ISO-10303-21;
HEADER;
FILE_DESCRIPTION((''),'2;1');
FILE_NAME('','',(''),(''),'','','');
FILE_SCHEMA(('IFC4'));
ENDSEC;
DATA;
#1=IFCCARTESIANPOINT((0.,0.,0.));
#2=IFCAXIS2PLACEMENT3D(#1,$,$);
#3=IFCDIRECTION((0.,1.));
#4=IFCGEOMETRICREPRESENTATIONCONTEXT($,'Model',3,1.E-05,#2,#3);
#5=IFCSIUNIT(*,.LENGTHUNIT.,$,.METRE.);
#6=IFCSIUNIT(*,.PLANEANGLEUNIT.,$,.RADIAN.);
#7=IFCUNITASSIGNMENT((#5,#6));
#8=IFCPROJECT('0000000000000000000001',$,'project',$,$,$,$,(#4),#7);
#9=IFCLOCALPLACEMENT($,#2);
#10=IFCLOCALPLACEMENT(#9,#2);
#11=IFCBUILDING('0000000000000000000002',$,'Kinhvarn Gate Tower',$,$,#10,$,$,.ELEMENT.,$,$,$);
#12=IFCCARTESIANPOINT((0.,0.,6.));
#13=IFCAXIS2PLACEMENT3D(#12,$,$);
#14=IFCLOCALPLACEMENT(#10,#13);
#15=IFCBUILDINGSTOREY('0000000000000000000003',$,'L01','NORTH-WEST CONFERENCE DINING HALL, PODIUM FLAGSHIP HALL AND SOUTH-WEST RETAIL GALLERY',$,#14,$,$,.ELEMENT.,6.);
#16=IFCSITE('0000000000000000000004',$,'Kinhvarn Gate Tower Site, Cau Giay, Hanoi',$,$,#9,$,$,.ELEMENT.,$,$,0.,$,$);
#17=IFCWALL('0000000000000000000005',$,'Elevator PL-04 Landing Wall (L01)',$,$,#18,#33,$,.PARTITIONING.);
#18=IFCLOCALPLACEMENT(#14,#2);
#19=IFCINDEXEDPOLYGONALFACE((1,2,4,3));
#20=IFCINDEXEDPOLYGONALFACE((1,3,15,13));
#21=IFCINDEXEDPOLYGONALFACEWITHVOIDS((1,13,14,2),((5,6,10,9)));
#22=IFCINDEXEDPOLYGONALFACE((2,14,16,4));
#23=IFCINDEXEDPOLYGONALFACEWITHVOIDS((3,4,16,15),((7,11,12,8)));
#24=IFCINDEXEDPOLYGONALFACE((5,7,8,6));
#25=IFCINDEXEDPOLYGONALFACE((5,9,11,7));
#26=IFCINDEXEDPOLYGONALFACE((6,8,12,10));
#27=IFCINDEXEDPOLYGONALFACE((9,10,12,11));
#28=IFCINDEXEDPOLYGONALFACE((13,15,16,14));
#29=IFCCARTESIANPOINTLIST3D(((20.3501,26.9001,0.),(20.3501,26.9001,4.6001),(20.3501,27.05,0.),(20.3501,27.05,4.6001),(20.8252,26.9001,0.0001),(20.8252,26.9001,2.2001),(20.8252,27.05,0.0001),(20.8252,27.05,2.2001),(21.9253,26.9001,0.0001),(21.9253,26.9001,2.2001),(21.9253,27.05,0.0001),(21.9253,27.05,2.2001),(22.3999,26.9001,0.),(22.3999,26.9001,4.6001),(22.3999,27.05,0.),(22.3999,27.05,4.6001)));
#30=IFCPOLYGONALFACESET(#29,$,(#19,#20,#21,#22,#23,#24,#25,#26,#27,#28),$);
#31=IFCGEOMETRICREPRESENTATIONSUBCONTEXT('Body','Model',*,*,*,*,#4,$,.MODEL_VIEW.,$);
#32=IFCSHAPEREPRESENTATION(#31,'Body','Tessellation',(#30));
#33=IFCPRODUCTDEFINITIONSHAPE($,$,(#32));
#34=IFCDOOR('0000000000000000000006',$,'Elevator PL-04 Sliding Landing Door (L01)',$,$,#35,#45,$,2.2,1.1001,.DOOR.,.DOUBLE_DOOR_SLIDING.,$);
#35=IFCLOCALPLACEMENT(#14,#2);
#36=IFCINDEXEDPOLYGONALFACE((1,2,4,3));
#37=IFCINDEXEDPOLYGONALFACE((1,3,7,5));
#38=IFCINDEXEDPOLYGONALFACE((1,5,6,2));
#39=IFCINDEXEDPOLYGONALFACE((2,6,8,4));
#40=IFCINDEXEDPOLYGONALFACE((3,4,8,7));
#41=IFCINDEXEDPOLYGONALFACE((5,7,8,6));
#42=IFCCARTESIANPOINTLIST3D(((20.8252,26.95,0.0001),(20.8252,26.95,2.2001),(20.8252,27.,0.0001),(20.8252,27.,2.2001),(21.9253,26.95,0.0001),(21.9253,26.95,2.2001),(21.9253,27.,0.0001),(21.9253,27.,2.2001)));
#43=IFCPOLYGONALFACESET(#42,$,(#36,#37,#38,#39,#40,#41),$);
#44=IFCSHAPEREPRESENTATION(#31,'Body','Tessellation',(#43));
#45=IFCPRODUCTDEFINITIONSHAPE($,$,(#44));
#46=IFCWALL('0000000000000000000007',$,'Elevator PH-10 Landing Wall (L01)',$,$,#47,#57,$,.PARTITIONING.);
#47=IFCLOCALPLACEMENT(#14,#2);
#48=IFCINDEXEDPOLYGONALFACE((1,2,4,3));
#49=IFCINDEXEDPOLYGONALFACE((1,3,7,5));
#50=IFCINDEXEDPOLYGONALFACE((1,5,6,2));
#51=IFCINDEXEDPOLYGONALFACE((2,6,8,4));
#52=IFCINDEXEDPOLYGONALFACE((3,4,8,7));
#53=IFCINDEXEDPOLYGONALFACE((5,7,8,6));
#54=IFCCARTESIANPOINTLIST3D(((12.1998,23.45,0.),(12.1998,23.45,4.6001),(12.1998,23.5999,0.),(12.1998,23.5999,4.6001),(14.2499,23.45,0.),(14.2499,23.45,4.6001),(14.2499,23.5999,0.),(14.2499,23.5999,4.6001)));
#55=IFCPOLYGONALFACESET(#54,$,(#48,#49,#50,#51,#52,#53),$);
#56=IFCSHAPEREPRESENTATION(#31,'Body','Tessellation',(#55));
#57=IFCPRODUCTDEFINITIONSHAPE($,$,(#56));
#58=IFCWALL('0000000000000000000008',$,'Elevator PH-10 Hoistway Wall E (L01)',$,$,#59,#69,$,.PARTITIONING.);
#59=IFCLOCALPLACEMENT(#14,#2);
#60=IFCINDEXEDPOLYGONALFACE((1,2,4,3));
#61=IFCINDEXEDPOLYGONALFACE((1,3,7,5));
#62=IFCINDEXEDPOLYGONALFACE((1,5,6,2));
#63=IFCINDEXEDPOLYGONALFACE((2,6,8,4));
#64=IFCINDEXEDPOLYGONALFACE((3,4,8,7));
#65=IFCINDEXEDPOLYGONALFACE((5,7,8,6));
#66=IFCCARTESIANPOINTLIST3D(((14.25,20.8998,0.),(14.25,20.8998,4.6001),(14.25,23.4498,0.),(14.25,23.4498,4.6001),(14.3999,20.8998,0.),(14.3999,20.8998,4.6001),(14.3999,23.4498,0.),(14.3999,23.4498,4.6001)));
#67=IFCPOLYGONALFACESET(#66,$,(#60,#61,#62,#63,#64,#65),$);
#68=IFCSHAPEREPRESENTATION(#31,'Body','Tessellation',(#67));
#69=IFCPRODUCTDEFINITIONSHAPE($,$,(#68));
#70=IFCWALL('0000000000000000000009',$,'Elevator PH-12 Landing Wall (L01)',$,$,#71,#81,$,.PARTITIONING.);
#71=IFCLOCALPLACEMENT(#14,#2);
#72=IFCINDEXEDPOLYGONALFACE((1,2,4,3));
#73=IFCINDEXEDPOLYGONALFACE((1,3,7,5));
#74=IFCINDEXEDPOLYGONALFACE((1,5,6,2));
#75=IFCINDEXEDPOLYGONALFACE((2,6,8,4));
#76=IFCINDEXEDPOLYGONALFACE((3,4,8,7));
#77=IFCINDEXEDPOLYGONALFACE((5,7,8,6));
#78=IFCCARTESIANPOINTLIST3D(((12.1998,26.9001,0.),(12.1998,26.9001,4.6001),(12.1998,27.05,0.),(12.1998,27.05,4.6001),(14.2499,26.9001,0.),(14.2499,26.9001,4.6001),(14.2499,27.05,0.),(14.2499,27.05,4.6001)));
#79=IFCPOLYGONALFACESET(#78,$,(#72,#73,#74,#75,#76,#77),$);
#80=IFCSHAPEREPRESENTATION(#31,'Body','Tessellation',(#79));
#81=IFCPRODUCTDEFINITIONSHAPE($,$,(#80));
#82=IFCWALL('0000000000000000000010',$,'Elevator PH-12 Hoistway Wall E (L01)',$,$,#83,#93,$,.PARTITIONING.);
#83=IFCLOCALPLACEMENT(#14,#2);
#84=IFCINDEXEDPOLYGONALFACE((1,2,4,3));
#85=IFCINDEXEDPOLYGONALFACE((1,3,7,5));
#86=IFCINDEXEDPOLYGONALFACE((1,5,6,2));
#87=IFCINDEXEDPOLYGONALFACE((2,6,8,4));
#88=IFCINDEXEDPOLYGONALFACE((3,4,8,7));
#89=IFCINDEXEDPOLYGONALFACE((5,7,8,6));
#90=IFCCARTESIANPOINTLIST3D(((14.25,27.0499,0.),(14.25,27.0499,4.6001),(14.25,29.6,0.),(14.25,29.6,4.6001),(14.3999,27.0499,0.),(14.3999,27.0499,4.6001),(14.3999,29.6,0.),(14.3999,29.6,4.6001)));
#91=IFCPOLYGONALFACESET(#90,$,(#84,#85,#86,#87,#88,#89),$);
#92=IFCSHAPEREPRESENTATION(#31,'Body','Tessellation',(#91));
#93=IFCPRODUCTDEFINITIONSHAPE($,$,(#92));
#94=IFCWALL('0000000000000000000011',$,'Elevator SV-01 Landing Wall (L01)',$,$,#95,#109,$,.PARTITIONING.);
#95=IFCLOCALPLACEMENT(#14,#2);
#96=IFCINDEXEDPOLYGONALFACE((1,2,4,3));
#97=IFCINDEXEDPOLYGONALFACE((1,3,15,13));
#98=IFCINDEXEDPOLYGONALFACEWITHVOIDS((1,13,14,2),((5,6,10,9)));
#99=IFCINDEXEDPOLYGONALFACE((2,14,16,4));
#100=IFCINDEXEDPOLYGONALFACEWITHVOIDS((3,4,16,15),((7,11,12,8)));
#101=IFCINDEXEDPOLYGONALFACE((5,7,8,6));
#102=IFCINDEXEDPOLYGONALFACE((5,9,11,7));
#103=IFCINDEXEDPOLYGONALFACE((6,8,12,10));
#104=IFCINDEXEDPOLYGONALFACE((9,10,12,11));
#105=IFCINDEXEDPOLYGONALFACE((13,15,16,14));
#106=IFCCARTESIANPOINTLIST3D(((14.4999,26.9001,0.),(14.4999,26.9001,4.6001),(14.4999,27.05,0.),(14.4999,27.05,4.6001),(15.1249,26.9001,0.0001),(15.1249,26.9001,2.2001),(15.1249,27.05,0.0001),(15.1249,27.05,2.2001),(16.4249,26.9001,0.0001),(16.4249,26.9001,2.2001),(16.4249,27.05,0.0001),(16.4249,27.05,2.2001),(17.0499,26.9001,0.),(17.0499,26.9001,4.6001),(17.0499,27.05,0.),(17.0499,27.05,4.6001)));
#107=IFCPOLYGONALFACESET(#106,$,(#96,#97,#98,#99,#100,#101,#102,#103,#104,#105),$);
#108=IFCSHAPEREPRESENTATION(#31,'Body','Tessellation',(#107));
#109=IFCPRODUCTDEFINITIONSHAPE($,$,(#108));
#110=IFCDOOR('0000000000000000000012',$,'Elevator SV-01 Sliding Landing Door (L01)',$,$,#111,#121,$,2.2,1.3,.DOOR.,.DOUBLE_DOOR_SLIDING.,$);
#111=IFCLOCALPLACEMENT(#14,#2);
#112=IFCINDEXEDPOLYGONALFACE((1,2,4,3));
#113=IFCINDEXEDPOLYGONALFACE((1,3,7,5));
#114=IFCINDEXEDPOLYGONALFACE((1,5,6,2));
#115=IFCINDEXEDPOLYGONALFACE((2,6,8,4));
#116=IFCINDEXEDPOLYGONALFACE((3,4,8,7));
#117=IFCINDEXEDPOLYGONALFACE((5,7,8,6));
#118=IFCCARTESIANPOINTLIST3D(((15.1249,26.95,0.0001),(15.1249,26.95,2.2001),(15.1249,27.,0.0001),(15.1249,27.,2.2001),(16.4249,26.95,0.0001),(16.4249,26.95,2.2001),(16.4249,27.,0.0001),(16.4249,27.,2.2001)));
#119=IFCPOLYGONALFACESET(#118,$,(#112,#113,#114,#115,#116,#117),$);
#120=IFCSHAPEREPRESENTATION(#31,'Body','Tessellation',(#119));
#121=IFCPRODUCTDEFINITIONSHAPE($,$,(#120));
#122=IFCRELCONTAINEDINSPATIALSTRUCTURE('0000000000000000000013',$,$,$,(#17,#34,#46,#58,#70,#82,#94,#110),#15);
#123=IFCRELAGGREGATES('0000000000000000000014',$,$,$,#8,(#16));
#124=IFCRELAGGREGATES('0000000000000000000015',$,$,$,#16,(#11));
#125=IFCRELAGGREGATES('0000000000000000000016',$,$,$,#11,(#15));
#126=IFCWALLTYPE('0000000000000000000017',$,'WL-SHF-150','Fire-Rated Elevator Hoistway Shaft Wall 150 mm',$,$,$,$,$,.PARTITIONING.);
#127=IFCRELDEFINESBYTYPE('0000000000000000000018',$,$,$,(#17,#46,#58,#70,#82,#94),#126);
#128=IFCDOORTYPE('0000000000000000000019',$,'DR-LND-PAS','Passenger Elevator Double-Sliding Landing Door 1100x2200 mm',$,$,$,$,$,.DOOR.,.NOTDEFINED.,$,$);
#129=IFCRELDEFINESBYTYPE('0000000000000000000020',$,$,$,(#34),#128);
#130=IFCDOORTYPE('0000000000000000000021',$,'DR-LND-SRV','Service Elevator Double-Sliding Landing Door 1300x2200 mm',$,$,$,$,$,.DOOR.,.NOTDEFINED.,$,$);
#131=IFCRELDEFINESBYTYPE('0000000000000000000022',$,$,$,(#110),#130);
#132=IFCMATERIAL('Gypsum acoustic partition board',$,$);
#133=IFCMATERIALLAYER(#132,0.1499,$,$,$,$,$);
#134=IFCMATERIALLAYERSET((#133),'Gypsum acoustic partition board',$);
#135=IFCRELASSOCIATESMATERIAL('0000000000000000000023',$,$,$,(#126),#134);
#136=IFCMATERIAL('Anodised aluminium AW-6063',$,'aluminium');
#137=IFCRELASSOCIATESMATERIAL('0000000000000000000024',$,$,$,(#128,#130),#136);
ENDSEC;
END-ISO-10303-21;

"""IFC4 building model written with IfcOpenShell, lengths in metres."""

from ifc_helpers import new_model, si_unit, direction, frame, frame_2d, origin, place, context, subcontext, project, spatial, rectangle, extrude, material, layer, layer_set, type_object, element, fill, save


model = new_model("IFC4")

# Units and contexts
model_context = context("Model", 3, precision=1e-05, world=origin(), true_north=direction((0.0, 1.0)))
body_context = subcontext(model_context, "Body", "Model", "MODEL_VIEW")
ifc_project = project(units=[si_unit("LENGTHUNIT", "METRE"), si_unit("PLANEANGLEUNIT", "RADIAN")], contexts=[model_context])

# Site, building, storey
site_placement = place(None, origin())
site = spatial("IfcSite", under=ifc_project, at=site_placement, Name="Kinhvarn Gate Tower Site, Cau Giay, Hanoi", CompositionType="ELEMENT", RefElevation=0.0)
building_placement = place(site_placement, origin())
building = spatial("IfcBuilding", under=site, at=building_placement, Name="Kinhvarn Gate Tower", CompositionType="ELEMENT")
storey_placement = place(building_placement, frame((0.0, 0.0, 6.0)))
storey = spatial("IfcBuildingStorey", under=building, at=storey_placement, Name="L01", Description="NORTH-WEST CONFERENCE DINING HALL, PODIUM FLAGSHIP HALL AND SOUTH-WEST RETAIL GALLERY", CompositionType="ELEMENT", Elevation=6.0)

# Shared definitions
ifc_material_1 = material(Name="Gypsum acoustic partition board")

# Shared definitions
ifc_layer_1 = layer(ifc_material_1, 0.1499)
ifc_layer_set_1 = layer_set([ifc_layer_1], Name="Gypsum acoustic partition board")
wall_type_1 = type_object("IfcWallType", Name="WL-SHF-150", Description="Fire-Rated Elevator Hoistway Shaft Wall 150 mm", PredefinedType="PARTITIONING", material=ifc_layer_set_1)
ifc_material_2 = material(Name="Anodised aluminium AW-6063", Category="aluminium")
door_type_1 = type_object("IfcDoorType", Name="DR-LND-PAS", Description="Passenger Elevator Double-Sliding Landing Door 1100x2200 mm", OperationType="NOTDEFINED", PredefinedType="DOOR", material=ifc_material_2)

# Wall, opening, door
wall_1_placement = place(storey_placement, frame((20.3501, 26.9751, 0.0), z_axis=(0.0, 0.0, 1.0), x_axis=(1.0, 0.0, 0.0)))
wall_1 = element("IfcWall", 1, at=wall_1_placement, inside=storey, type_object=wall_type_1, Name="Elevator PL-04 Landing Wall (L01)", PredefinedType="PARTITIONING", context=body_context, shape_type="SweptSolid", body=[
    extrude(rectangle(XDim=2.0498, YDim=0.1499, at=frame_2d((1.0249, 0.0))), origin(), (0.0, 0.0, 1.0), 4.6001),
])
opening_1_placement = place(wall_1_placement, frame((0.4751, 0.0, 0.0)))
opening_1 = element("IfcOpeningElement", 2, at=opening_1_placement, cuts=wall_1, PredefinedType="OPENING", context=body_context, shape_type="SweptSolid", body=[
    extrude(rectangle(XDim=1.1001, YDim=2.2, at=frame_2d((0.55, 1.1001))), frame((0.0, 0.085, 0.0), z_axis=(0.0, -1.0, 0.0), x_axis=(1.0, 0.0, 0.0)), (0.0, 0.0, 1.0), 0.1699),
])
door_1_placement = place(opening_1_placement, origin())
door_1 = element("IfcDoor", 3, at=door_1_placement, inside=storey, type_object=door_type_1, Name="Elevator PL-04 Sliding Landing Door (L01)", OperationType="DOUBLE_DOOR_SLIDING", OverallHeight=2.2, OverallWidth=1.1001, PredefinedType="DOOR", context=body_context, shape_type="SweptSolid", body=[
    extrude(rectangle(XDim=1.1001, YDim=2.2, at=frame_2d((0.55, 1.1001))), frame((0.0, 0.0249, 0.0), z_axis=(0.0, -1.0, 0.0), x_axis=(1.0, 0.0, 0.0)), (0.0, 0.0, 1.0), 0.05),
])
fill(opening_1, door_1)

# Walls
wall_2_placement = place(storey_placement, frame((12.2, 23.5249, 0.0), z_axis=(0.0, 0.0, 1.0), x_axis=(1.0, 0.0, 0.0)))
element("IfcWall", 4, at=wall_2_placement, inside=storey, type_object=wall_type_1, Name="Elevator PH-10 Landing Wall (L01)", PredefinedType="PARTITIONING", context=body_context, shape_type="SweptSolid", body=[
    extrude(rectangle(XDim=2.05, YDim=0.1499, at=frame_2d((1.0249, 0.0))), origin(), (0.0, 0.0, 1.0), 4.6001),
])
wall_3_placement = place(storey_placement, frame((14.325, 20.8999, 0.0), z_axis=(0.0, 0.0, 1.0), x_axis=(0.0, 1.0, 0.0)))
element("IfcWall", 5, at=wall_3_placement, inside=storey, type_object=wall_type_1, Name="Elevator PH-10 Hoistway Wall E (L01)", PredefinedType="PARTITIONING", context=body_context, shape_type="SweptSolid", body=[
    extrude(rectangle(XDim=2.55, YDim=0.1499, at=frame_2d((1.2749, 0.0))), origin(), (0.0, 0.0, 1.0), 4.6001),
])
wall_4_placement = place(storey_placement, frame((12.2, 26.9751, 0.0), z_axis=(0.0, 0.0, 1.0), x_axis=(1.0, 0.0, 0.0)))
element("IfcWall", 6, at=wall_4_placement, inside=storey, type_object=wall_type_1, Name="Elevator PH-12 Landing Wall (L01)", PredefinedType="PARTITIONING", context=body_context, shape_type="SweptSolid", body=[
    extrude(rectangle(XDim=2.05, YDim=0.1499, at=frame_2d((1.0249, 0.0))), origin(), (0.0, 0.0, 1.0), 4.6001),
])
wall_5_placement = place(storey_placement, frame((14.325, 27.05, 0.0), z_axis=(0.0, 0.0, 1.0), x_axis=(0.0, 1.0, 0.0)))
element("IfcWall", 7, at=wall_5_placement, inside=storey, type_object=wall_type_1, Name="Elevator PH-12 Hoistway Wall E (L01)", PredefinedType="PARTITIONING", context=body_context, shape_type="SweptSolid", body=[
    extrude(rectangle(XDim=2.55, YDim=0.1499, at=frame_2d((1.2749, 0.0))), origin(), (0.0, 0.0, 1.0), 4.6001),
])

# Wall, opening, door
wall_6_placement = place(storey_placement, frame((14.5, 26.9751, 0.0), z_axis=(0.0, 0.0, 1.0), x_axis=(1.0, 0.0, 0.0)))
wall_6 = element("IfcWall", 8, at=wall_6_placement, inside=storey, type_object=wall_type_1, Name="Elevator SV-01 Landing Wall (L01)", PredefinedType="PARTITIONING", context=body_context, shape_type="SweptSolid", body=[
    extrude(rectangle(XDim=2.55, YDim=0.1499, at=frame_2d((1.2749, 0.0))), origin(), (0.0, 0.0, 1.0), 4.6001),
])
opening_2_placement = place(wall_6_placement, frame((0.625, 0.0, 0.0)))
opening_2 = element("IfcOpeningElement", 9, at=opening_2_placement, cuts=wall_6, PredefinedType="OPENING", context=body_context, shape_type="SweptSolid", body=[
    extrude(rectangle(XDim=1.3, YDim=2.2, at=frame_2d((0.6499, 1.1001))), frame((0.0, 0.085, 0.0), z_axis=(0.0, -1.0, 0.0), x_axis=(1.0, 0.0, 0.0)), (0.0, 0.0, 1.0), 0.1699),
])
door_type_2 = type_object("IfcDoorType", Name="DR-LND-SRV", Description="Service Elevator Double-Sliding Landing Door 1300x2200 mm", OperationType="NOTDEFINED", PredefinedType="DOOR", material=ifc_material_2)
door_2_placement = place(opening_2_placement, origin())
door_2 = element("IfcDoor", 10, at=door_2_placement, inside=storey, type_object=door_type_2, Name="Elevator SV-01 Sliding Landing Door (L01)", OperationType="DOUBLE_DOOR_SLIDING", OverallHeight=2.2, OverallWidth=1.3, PredefinedType="DOOR", context=body_context, shape_type="SweptSolid", body=[
    extrude(rectangle(XDim=1.3, YDim=2.2, at=frame_2d((0.6499, 1.1001))), frame((0.0, 0.0249, 0.0), z_axis=(0.0, -1.0, 0.0), x_axis=(1.0, 0.0, 0.0)), (0.0, 0.0, 1.0), 0.05),
])
fill(opening_2, door_2)

save(model, "model.ifc")
